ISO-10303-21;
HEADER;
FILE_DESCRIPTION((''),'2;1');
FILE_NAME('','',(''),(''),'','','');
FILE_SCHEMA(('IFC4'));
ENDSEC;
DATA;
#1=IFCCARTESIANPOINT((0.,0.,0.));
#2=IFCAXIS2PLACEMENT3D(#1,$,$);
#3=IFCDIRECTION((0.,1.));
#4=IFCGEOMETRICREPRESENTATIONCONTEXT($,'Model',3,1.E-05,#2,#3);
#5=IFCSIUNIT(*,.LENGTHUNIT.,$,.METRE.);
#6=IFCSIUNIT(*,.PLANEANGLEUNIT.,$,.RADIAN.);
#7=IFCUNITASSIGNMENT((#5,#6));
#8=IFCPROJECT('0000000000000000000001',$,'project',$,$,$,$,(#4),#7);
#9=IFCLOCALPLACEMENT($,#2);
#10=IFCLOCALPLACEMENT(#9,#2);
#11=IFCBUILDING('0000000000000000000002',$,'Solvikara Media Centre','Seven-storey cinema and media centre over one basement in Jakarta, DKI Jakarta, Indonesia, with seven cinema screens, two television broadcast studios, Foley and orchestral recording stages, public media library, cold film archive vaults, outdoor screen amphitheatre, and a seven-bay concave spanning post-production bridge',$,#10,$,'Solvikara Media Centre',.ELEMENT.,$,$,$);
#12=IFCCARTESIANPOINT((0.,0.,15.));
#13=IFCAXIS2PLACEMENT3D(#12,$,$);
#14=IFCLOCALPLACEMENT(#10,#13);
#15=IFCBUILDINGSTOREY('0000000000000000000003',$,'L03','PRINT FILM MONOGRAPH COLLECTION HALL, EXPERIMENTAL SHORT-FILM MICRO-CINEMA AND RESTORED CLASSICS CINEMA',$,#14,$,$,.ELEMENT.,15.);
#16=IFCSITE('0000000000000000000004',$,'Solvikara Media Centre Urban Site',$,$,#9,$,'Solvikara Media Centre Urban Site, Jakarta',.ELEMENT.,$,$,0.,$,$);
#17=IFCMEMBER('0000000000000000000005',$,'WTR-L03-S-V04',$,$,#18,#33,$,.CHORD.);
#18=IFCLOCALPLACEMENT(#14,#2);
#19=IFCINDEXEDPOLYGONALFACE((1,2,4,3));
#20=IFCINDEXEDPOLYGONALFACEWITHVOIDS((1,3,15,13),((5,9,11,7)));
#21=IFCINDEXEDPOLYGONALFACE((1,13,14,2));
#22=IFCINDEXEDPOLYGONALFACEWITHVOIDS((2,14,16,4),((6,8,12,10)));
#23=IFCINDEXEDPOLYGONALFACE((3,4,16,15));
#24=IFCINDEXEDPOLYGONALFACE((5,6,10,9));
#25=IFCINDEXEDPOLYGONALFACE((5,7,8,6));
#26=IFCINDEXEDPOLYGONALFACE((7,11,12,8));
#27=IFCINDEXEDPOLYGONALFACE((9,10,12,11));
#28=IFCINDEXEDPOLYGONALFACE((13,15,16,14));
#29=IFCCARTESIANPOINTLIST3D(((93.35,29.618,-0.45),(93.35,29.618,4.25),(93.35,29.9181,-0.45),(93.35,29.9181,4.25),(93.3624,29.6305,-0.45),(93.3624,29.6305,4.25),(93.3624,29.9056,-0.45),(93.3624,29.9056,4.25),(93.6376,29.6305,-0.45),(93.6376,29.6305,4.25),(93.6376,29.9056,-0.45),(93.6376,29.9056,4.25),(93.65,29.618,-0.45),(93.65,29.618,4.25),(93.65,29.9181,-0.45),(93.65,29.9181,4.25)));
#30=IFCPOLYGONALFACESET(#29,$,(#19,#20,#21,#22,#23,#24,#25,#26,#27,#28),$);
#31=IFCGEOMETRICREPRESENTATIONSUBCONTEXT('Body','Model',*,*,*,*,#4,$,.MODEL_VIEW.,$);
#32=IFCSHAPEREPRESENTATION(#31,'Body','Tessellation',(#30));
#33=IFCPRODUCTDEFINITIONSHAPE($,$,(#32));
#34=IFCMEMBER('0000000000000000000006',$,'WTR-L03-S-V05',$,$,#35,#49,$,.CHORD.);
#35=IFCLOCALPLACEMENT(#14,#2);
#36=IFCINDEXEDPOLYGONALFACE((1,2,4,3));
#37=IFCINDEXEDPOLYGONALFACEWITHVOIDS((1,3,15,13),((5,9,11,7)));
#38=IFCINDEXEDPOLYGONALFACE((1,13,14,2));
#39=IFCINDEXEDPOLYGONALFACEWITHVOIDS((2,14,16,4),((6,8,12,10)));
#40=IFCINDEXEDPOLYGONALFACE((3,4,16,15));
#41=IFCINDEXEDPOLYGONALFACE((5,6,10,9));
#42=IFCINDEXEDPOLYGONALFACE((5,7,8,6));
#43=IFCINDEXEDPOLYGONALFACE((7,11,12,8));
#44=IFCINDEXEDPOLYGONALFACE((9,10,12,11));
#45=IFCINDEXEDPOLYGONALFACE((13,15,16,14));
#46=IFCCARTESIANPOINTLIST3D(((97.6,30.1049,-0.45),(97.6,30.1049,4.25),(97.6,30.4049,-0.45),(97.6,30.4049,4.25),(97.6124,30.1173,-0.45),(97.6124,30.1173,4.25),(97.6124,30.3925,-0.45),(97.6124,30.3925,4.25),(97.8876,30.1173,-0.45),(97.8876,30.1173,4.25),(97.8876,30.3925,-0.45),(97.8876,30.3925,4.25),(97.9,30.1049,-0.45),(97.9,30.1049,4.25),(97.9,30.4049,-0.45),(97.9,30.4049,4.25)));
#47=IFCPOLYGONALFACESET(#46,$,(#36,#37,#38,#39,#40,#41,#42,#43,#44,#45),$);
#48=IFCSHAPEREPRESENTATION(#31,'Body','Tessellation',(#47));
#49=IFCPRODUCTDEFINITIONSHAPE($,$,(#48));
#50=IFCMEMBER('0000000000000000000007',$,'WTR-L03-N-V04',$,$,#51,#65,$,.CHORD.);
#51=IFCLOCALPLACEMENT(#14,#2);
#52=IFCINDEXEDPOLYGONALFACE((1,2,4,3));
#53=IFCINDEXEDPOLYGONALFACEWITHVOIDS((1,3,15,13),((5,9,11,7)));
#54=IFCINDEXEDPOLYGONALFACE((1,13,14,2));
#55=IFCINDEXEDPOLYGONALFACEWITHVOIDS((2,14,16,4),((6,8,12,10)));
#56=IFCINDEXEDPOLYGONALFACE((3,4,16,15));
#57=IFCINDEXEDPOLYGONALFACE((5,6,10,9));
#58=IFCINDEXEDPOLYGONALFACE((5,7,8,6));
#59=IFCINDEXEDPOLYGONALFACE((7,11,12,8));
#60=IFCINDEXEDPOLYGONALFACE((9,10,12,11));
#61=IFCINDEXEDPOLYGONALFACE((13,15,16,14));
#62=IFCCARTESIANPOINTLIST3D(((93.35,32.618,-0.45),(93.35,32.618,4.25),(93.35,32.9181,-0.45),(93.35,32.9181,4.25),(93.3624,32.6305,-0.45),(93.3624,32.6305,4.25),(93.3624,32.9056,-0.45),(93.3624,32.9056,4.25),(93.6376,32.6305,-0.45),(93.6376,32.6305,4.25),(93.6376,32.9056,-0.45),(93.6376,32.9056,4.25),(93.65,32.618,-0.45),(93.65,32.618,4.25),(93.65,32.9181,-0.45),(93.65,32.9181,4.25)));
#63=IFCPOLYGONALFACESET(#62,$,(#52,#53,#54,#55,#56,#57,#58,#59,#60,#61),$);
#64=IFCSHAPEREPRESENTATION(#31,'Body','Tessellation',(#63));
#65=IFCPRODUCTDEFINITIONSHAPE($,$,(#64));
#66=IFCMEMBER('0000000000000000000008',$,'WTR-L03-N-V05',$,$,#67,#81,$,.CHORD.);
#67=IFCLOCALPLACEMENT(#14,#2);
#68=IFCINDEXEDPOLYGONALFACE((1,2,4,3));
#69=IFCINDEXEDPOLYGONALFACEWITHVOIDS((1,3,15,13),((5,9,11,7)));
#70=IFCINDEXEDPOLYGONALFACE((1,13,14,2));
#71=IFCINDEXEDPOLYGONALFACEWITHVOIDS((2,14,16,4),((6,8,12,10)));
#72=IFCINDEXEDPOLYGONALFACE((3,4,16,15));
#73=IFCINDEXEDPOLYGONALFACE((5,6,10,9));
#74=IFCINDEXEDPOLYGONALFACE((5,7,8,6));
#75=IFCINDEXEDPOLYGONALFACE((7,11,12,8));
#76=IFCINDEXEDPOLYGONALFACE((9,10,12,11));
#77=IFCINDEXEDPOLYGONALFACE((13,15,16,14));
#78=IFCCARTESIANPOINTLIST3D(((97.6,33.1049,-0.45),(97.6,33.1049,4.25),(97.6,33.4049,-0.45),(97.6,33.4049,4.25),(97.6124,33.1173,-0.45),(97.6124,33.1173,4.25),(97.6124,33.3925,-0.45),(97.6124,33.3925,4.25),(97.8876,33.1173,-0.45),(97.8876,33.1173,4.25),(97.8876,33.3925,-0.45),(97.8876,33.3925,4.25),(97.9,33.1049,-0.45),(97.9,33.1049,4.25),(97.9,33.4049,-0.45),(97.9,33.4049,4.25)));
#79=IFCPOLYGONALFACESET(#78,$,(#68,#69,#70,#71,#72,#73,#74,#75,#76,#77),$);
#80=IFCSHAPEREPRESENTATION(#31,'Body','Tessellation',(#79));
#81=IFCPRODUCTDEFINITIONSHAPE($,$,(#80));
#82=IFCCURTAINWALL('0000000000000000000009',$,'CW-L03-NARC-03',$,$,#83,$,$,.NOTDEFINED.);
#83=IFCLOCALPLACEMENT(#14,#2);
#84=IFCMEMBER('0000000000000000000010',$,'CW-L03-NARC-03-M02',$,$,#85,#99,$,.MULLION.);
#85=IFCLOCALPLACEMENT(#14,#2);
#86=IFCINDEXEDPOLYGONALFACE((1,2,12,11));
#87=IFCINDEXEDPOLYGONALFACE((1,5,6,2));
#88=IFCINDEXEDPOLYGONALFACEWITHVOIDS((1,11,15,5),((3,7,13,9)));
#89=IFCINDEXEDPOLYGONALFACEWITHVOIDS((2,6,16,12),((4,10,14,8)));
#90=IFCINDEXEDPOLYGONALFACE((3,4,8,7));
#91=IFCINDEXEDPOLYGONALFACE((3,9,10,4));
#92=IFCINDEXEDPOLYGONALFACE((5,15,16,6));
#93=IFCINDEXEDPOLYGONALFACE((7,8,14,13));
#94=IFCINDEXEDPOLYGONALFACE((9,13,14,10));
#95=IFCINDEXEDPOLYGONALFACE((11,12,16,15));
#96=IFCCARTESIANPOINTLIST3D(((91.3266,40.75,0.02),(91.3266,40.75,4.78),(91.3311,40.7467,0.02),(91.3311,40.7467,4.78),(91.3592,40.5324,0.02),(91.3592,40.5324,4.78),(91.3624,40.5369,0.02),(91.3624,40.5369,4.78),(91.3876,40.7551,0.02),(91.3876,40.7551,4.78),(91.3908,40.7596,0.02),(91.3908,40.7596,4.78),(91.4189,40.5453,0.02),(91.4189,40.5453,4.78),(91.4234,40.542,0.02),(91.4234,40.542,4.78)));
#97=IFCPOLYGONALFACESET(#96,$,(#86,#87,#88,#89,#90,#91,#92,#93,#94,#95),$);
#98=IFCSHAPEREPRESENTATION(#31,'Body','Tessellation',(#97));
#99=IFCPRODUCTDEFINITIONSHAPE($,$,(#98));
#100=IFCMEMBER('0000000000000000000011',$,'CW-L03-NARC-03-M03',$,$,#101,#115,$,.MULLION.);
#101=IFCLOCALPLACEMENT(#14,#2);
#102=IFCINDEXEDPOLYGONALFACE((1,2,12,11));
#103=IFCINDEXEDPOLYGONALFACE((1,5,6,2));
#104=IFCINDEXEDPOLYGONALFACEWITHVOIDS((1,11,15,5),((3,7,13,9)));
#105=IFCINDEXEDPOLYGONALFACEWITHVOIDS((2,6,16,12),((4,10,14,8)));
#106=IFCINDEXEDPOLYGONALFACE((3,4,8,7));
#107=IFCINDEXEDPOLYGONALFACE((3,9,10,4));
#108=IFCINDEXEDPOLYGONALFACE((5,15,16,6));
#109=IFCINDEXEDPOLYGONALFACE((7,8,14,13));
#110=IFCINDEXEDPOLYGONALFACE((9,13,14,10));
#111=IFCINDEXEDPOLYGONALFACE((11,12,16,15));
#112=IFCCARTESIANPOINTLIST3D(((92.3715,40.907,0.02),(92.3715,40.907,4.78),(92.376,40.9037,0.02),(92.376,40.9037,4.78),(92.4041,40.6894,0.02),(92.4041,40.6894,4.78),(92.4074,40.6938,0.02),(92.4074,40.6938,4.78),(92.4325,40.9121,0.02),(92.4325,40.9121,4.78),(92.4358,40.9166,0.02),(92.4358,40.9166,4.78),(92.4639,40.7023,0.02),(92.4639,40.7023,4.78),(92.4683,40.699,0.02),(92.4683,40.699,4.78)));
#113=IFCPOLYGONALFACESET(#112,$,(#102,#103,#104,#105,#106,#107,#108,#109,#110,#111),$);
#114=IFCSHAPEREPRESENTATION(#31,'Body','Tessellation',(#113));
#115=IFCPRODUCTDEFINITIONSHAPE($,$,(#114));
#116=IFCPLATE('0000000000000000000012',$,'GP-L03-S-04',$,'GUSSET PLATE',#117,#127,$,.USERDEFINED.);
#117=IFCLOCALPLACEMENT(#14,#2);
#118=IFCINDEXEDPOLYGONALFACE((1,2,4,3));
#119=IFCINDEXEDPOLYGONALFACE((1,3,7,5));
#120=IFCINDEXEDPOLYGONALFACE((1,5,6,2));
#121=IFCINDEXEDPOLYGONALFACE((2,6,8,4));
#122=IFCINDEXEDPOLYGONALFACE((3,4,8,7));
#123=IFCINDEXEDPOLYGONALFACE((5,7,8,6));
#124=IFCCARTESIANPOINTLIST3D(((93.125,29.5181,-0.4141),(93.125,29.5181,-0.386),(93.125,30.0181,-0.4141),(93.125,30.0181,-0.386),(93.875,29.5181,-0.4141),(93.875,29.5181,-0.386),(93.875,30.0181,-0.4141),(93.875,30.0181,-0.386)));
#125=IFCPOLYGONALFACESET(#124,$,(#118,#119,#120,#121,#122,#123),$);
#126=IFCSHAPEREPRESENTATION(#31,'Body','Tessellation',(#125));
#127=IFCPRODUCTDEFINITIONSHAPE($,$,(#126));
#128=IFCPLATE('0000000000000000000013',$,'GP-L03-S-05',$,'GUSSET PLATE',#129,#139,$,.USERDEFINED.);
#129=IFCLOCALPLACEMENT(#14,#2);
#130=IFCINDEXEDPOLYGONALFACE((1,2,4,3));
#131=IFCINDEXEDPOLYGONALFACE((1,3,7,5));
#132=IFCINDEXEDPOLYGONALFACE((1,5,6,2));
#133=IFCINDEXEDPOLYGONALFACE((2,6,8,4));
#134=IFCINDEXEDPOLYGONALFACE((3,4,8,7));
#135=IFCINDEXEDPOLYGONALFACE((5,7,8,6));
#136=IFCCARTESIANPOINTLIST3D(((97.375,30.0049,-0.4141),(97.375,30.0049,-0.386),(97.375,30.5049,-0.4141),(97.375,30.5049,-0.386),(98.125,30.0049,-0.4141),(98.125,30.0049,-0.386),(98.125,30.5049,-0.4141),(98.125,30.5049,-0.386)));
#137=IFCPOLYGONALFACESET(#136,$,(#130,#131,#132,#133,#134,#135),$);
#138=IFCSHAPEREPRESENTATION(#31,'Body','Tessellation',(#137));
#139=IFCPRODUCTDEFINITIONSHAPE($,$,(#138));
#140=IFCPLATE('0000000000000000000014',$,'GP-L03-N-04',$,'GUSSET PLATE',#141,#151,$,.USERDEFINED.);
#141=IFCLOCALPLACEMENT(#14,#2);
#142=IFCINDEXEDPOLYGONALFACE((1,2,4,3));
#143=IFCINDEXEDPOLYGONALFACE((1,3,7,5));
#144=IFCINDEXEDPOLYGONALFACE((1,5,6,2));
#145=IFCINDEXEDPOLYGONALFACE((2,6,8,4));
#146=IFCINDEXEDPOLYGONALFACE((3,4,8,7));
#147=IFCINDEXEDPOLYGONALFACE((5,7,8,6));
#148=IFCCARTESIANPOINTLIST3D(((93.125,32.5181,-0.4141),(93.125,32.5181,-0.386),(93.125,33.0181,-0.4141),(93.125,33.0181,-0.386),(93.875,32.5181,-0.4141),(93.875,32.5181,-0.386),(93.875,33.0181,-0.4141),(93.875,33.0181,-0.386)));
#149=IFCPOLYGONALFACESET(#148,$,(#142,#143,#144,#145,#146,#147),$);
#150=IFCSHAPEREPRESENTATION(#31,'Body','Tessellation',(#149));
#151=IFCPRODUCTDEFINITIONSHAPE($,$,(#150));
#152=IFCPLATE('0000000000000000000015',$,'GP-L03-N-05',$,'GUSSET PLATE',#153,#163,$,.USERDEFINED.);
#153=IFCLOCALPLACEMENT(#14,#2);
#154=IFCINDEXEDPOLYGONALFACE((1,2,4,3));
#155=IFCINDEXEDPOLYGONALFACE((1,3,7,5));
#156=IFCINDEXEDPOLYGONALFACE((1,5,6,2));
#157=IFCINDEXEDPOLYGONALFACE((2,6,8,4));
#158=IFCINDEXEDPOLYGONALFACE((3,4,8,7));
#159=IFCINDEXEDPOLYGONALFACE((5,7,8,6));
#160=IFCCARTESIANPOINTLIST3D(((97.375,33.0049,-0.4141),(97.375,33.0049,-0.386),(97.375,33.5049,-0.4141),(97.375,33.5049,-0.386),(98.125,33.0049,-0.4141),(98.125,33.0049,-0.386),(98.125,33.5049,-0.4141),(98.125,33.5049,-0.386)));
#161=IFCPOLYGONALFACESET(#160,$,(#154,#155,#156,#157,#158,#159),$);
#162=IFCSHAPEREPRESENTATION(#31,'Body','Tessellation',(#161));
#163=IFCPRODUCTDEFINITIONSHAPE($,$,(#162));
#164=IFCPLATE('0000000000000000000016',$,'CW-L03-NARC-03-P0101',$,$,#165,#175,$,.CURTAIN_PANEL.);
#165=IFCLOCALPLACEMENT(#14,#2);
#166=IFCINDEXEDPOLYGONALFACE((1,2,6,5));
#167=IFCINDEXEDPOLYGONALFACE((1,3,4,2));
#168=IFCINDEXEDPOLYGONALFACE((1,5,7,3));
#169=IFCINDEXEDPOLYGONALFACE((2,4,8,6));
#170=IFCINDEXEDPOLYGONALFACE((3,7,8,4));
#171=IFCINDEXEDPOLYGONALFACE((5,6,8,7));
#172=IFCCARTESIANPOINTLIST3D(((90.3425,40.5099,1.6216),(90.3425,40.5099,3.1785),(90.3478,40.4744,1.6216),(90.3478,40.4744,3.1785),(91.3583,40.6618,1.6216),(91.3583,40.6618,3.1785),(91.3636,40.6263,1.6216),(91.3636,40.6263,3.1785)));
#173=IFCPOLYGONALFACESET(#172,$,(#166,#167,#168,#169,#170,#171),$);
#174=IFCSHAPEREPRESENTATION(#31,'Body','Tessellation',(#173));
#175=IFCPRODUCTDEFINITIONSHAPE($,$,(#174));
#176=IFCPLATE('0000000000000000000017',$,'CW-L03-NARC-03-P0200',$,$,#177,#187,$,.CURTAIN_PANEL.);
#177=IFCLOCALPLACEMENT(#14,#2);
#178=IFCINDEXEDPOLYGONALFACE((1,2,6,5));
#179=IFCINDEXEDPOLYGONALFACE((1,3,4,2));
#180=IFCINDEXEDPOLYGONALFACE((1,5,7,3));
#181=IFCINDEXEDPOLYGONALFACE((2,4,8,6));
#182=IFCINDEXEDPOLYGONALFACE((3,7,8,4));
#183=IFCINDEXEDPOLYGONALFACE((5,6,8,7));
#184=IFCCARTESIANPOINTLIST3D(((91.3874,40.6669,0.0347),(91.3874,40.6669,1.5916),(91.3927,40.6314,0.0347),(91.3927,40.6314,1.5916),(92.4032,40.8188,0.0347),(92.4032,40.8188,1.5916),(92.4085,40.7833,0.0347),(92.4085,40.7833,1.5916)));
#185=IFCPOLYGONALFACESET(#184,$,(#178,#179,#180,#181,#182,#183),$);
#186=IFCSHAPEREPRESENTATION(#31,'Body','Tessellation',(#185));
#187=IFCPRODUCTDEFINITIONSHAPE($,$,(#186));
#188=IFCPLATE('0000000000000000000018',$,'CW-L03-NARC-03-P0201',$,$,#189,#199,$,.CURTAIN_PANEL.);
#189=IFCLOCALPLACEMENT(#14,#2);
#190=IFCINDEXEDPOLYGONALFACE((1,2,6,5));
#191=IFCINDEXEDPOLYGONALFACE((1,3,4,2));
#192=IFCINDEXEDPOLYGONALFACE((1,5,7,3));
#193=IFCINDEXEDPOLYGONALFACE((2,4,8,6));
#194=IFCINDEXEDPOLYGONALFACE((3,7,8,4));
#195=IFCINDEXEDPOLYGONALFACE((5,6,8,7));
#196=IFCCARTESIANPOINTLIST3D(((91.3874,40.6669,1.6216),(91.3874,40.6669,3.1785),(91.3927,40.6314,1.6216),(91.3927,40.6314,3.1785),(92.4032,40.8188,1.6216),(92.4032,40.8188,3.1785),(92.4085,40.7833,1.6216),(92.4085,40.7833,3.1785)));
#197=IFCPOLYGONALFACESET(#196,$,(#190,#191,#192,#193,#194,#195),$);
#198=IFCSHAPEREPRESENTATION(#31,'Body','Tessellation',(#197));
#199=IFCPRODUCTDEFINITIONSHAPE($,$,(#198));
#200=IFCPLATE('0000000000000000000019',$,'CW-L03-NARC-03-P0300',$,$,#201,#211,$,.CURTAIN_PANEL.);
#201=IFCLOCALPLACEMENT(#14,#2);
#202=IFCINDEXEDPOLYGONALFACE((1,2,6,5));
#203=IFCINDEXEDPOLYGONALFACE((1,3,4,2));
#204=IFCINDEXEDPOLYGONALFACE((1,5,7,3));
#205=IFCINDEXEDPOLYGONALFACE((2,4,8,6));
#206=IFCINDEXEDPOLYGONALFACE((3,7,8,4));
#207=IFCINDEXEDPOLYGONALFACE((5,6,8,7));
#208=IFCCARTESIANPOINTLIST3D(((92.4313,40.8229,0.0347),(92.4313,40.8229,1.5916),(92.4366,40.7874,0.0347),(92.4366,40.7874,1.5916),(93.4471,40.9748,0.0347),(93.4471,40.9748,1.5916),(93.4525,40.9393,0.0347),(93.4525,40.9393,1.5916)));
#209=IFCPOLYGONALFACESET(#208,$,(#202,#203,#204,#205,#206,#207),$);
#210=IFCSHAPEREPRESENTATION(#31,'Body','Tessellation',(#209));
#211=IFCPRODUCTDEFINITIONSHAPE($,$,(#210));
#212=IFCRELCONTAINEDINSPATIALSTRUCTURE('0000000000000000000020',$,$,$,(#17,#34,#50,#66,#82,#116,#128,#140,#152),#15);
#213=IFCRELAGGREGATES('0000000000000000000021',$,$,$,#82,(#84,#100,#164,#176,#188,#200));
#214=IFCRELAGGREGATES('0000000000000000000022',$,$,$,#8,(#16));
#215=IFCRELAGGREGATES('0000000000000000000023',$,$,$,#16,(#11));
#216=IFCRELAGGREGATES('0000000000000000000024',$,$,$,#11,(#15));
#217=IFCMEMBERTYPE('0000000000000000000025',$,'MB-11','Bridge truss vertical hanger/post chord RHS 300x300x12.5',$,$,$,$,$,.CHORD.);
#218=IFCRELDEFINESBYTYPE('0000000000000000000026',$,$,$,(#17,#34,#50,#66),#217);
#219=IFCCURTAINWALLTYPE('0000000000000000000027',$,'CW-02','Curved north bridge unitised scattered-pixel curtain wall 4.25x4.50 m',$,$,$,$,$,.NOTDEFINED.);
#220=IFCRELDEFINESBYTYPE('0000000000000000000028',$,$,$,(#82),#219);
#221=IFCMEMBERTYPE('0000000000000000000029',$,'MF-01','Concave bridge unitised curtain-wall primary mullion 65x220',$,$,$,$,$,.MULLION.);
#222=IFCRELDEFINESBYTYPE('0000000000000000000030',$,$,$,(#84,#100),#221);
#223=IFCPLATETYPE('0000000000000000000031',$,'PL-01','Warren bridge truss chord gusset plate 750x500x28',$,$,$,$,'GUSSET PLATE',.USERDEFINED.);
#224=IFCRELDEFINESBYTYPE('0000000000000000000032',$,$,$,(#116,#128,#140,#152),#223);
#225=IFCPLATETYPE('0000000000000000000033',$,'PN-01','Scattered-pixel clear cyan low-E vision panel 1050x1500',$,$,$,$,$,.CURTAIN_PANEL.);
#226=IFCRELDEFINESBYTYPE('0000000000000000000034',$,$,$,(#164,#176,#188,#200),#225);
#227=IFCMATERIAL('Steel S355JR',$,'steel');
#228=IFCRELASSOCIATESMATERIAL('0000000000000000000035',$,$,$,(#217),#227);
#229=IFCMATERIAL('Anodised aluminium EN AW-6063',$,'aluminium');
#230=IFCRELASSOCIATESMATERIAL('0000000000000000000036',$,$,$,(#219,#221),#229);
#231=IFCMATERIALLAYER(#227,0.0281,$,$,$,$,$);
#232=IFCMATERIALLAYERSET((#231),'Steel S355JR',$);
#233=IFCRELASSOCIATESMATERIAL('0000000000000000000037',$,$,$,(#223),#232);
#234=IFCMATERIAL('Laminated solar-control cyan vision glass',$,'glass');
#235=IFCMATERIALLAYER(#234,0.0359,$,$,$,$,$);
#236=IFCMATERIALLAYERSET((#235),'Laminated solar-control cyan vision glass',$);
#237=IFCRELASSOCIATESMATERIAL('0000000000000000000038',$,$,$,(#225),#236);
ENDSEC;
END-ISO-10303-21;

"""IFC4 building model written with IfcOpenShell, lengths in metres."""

from ifc_helpers import new_model, si_unit, direction, frame, origin, origin_2d, place, context, subcontext, project, spatial, rectangle, hollow_rectangle, extrude, material, layer, layer_set, material_profile, profile_set, type_object, element, aggregate, save


model = new_model("IFC4")

# Units and contexts
model_context = context("Model", 3, precision=1e-05, world=origin(), true_north=direction((0.0, 1.0)))
body_context = subcontext(model_context, "Body", "Model", "MODEL_VIEW")
ifc_project = project(units=[si_unit("LENGTHUNIT", "METRE"), si_unit("PLANEANGLEUNIT", "RADIAN")], contexts=[model_context])

# Site, building, storey
site_placement = place(None, origin())
site = spatial("IfcSite", under=ifc_project, at=site_placement, Name="Solvikara Media Centre Urban Site", LongName="Solvikara Media Centre Urban Site, Jakarta", CompositionType="ELEMENT", RefElevation=0.0)
building_placement = place(site_placement, origin())
building = spatial("IfcBuilding", under=site, at=building_placement, Name="Solvikara Media Centre", Description="Seven-storey cinema and media centre over one basement in Jakarta, DKI Jakarta, Indonesia, with seven cinema screens, two television broadcast studios, Foley and orchestral recording stages, public media library, cold film archive vaults, outdoor screen amphitheatre, and a seven-bay concave spanning post-production bridge", LongName="Solvikara Media Centre", CompositionType="ELEMENT")
storey_placement = place(building_placement, frame((0.0, 0.0, 15.0)))
storey = spatial("IfcBuildingStorey", under=building, at=storey_placement, Name="L03", Description="PRINT FILM MONOGRAPH COLLECTION HALL, EXPERIMENTAL SHORT-FILM MICRO-CINEMA AND RESTORED CLASSICS CINEMA", CompositionType="ELEMENT", Elevation=15.0)

# Shared definitions
ifc_material_1 = material(Name="Steel S355JR", Category="steel")

# Members
ifc_material_profile_1 = material_profile(ifc_material_1, hollow_rectangle(XDim=0.3, YDim=0.3, WallThickness=0.0125, at=origin_2d()), Name="RHS 300x300x12.5")
ifc_profile_set_1 = profile_set([ifc_material_profile_1], Name="Steel S355JR")
member_type_1 = type_object("IfcMemberType", Name="MB-11", Description="Bridge truss vertical hanger/post chord RHS 300x300x12.5", PredefinedType="CHORD", material=ifc_profile_set_1)
for number, where, z_axis, x_axis, name in (
    (1, (93.5, 29.7681, -0.45), (0.0, 0.0, 1.0), (1.0, 0.0, 0.0), "WTR-L03-S-V04"),
    (2, (97.75, 30.2549, -0.45), (0.0, 0.0, 1.0), (1.0, 0.0, 0.0), "WTR-L03-S-V05"),
    (3, (93.5, 32.7681, -0.45), (0.0, 0.0, 1.0), (1.0, 0.0, 0.0), "WTR-L03-N-V04"),
    (4, (97.75, 33.2549, -0.45), (0.0, 0.0, 1.0), (1.0, 0.0, 0.0), "WTR-L03-N-V05"),
):
    element("IfcMember", number, at=place(storey_placement, frame(where, z_axis=z_axis, x_axis=x_axis)), inside=storey, type_object=member_type_1, Name=name, PredefinedType="CHORD", context=body_context, shape_type="SweptSolid", body=[
        extrude(hollow_rectangle(XDim=0.3, YDim=0.3, WallThickness=0.0125, at=origin_2d()), origin(), (0.0, 0.0, 1.0), 4.7),
    ])

# Curtain wall, members
ifc_material_2 = material(Name="Anodised aluminium EN AW-6063", Category="aluminium")
curtain_wall_type = type_object("IfcCurtainWallType", Name="CW-02", Description="Curved north bridge unitised scattered-pixel curtain wall 4.25x4.50 m", PredefinedType="NOTDEFINED", material=ifc_material_2)
curtain_wall_placement = place(storey_placement, origin())
curtain_wall = element("IfcCurtainWall", 5, at=curtain_wall_placement, inside=storey, type_object=curtain_wall_type, Name="CW-L03-NARC-03", PredefinedType="NOTDEFINED")
ifc_material_profile_2 = material_profile(ifc_material_2, hollow_rectangle(XDim=0.0649, YDim=0.22, WallThickness=0.0039, at=origin_2d()), Name="ALU-M 65x220x4")
ifc_profile_set_2 = profile_set([ifc_material_profile_2], Name="Anodised aluminium EN AW-6063")
member_type_2 = type_object("IfcMemberType", Name="MF-01", Description="Concave bridge unitised curtain-wall primary mullion 65x220", PredefinedType="MULLION", material=ifc_profile_set_2)
member_1_placement = place(storey_placement, frame((91.375, 40.646, 0.02), z_axis=(0.0, 0.0, 1.0), x_axis=(0.989006, 0.147878, 0.0)))
member_1 = element("IfcMember", 6, at=member_1_placement, type_object=member_type_2, Name="CW-L03-NARC-03-M02", PredefinedType="MULLION", context=body_context, shape_type="SweptSolid", body=[
    extrude(hollow_rectangle(XDim=0.0649, YDim=0.22, WallThickness=0.0039, at=origin_2d()), origin(), (0.0, 0.0, 1.0), 4.76),
])
member_2_placement = place(storey_placement, frame((92.4199, 40.803, 0.02), z_axis=(0.0, 0.0, 1.0), x_axis=(0.989006, 0.147878, 0.0)))
member_2 = element("IfcMember", 7, at=member_2_placement, type_object=member_type_2, Name="CW-L03-NARC-03-M03", PredefinedType="MULLION", context=body_context, shape_type="SweptSolid", body=[
    extrude(hollow_rectangle(XDim=0.0649, YDim=0.22, WallThickness=0.0039, at=origin_2d()), origin(), (0.0, 0.0, 1.0), 4.76),
])

# Plates
ifc_layer_1 = layer(ifc_material_1, 0.0281)
ifc_layer_set_1 = layer_set([ifc_layer_1], Name="Steel S355JR")
plate_type_1 = type_object("IfcPlateType", Name="PL-01", Description="Warren bridge truss chord gusset plate 750x500x28", ElementType="GUSSET PLATE", PredefinedType="USERDEFINED", material=ifc_layer_set_1)
for number, where, z_axis, x_axis, name in (
    (8, (93.5, 29.7681, -0.4141), (0.0, 0.0, 1.0), (1.0, 0.0, 0.0), "GP-L03-S-04"),
    (9, (97.75, 30.2549, -0.4141), (0.0, 0.0, 1.0), (1.0, 0.0, 0.0), "GP-L03-S-05"),
    (10, (93.5, 32.7681, -0.4141), (0.0, 0.0, 1.0), (1.0, 0.0, 0.0), "GP-L03-N-04"),
    (11, (97.75, 33.2549, -0.4141), (0.0, 0.0, 1.0), (1.0, 0.0, 0.0), "GP-L03-N-05"),
):
    element("IfcPlate", number, at=place(storey_placement, frame(where, z_axis=z_axis, x_axis=x_axis)), inside=storey, type_object=plate_type_1, Name=name, ObjectType="GUSSET PLATE", PredefinedType="USERDEFINED", context=body_context, shape_type="SweptSolid", body=[
        extrude(rectangle(XDim=0.75, YDim=0.5, at=origin_2d()), origin(), (0.0, 0.0, 1.0), 0.0281),
    ])

# Plates
ifc_material_3 = material(Name="Laminated solar-control cyan vision glass", Category="glass")
ifc_layer_2 = layer(ifc_material_3, 0.0359)
ifc_layer_set_2 = layer_set([ifc_layer_2], Name="Laminated solar-control cyan vision glass")
plate_type_2 = type_object("IfcPlateType", Name="PN-01", Description="Scattered-pixel clear cyan low-E vision panel 1050x1500", PredefinedType="CURTAIN_PANEL", material=ifc_layer_set_2)
plate_1_placement = place(storey_placement, frame((90.853, 40.5681, 1.6216), z_axis=(0.0, 0.0, 1.0), x_axis=(0.989006, 0.147878, 0.0)))
plate_1 = element("IfcPlate", 12, at=plate_1_placement, type_object=plate_type_2, Name="CW-L03-NARC-03-P0101", PredefinedType="CURTAIN_PANEL", context=body_context, shape_type="SweptSolid", body=[
    extrude(rectangle(XDim=1.0271, YDim=0.0359, at=origin_2d()), origin(), (0.0, 0.0, 1.0), 1.5569),
])
plate_2_placement = place(storey_placement, frame((91.8979, 40.7251, 0.0347), z_axis=(0.0, 0.0, 1.0), x_axis=(0.989006, 0.147878, 0.0)))
plate_2 = element("IfcPlate", 13, at=plate_2_placement, type_object=plate_type_2, Name="CW-L03-NARC-03-P0200", PredefinedType="CURTAIN_PANEL", context=body_context, shape_type="SweptSolid", body=[
    extrude(rectangle(XDim=1.0271, YDim=0.0359, at=origin_2d()), origin(), (0.0, 0.0, 1.0), 1.5569),
])
plate_3_placement = place(storey_placement, frame((91.8979, 40.7251, 1.6216), z_axis=(0.0, 0.0, 1.0), x_axis=(0.989006, 0.147878, 0.0)))
plate_3 = element("IfcPlate", 14, at=plate_3_placement, type_object=plate_type_2, Name="CW-L03-NARC-03-P0201", PredefinedType="CURTAIN_PANEL", context=body_context, shape_type="SweptSolid", body=[
    extrude(rectangle(XDim=1.0271, YDim=0.0359, at=origin_2d()), origin(), (0.0, 0.0, 1.0), 1.5569),
])
plate_4_placement = place(storey_placement, frame((92.9419, 40.8811, 0.0347), z_axis=(0.0, 0.0, 1.0), x_axis=(0.989006, 0.147878, 0.0)))
plate_4 = element("IfcPlate", 15, at=plate_4_placement, type_object=plate_type_2, Name="CW-L03-NARC-03-P0300", PredefinedType="CURTAIN_PANEL", context=body_context, shape_type="SweptSolid", body=[
    extrude(rectangle(XDim=1.0271, YDim=0.0359, at=origin_2d()), origin(), (0.0, 0.0, 1.0), 1.5569),
])
aggregate(curtain_wall, [member_1, member_2, plate_1, plate_2, plate_3, plate_4])

save(model, "model.ifc")
